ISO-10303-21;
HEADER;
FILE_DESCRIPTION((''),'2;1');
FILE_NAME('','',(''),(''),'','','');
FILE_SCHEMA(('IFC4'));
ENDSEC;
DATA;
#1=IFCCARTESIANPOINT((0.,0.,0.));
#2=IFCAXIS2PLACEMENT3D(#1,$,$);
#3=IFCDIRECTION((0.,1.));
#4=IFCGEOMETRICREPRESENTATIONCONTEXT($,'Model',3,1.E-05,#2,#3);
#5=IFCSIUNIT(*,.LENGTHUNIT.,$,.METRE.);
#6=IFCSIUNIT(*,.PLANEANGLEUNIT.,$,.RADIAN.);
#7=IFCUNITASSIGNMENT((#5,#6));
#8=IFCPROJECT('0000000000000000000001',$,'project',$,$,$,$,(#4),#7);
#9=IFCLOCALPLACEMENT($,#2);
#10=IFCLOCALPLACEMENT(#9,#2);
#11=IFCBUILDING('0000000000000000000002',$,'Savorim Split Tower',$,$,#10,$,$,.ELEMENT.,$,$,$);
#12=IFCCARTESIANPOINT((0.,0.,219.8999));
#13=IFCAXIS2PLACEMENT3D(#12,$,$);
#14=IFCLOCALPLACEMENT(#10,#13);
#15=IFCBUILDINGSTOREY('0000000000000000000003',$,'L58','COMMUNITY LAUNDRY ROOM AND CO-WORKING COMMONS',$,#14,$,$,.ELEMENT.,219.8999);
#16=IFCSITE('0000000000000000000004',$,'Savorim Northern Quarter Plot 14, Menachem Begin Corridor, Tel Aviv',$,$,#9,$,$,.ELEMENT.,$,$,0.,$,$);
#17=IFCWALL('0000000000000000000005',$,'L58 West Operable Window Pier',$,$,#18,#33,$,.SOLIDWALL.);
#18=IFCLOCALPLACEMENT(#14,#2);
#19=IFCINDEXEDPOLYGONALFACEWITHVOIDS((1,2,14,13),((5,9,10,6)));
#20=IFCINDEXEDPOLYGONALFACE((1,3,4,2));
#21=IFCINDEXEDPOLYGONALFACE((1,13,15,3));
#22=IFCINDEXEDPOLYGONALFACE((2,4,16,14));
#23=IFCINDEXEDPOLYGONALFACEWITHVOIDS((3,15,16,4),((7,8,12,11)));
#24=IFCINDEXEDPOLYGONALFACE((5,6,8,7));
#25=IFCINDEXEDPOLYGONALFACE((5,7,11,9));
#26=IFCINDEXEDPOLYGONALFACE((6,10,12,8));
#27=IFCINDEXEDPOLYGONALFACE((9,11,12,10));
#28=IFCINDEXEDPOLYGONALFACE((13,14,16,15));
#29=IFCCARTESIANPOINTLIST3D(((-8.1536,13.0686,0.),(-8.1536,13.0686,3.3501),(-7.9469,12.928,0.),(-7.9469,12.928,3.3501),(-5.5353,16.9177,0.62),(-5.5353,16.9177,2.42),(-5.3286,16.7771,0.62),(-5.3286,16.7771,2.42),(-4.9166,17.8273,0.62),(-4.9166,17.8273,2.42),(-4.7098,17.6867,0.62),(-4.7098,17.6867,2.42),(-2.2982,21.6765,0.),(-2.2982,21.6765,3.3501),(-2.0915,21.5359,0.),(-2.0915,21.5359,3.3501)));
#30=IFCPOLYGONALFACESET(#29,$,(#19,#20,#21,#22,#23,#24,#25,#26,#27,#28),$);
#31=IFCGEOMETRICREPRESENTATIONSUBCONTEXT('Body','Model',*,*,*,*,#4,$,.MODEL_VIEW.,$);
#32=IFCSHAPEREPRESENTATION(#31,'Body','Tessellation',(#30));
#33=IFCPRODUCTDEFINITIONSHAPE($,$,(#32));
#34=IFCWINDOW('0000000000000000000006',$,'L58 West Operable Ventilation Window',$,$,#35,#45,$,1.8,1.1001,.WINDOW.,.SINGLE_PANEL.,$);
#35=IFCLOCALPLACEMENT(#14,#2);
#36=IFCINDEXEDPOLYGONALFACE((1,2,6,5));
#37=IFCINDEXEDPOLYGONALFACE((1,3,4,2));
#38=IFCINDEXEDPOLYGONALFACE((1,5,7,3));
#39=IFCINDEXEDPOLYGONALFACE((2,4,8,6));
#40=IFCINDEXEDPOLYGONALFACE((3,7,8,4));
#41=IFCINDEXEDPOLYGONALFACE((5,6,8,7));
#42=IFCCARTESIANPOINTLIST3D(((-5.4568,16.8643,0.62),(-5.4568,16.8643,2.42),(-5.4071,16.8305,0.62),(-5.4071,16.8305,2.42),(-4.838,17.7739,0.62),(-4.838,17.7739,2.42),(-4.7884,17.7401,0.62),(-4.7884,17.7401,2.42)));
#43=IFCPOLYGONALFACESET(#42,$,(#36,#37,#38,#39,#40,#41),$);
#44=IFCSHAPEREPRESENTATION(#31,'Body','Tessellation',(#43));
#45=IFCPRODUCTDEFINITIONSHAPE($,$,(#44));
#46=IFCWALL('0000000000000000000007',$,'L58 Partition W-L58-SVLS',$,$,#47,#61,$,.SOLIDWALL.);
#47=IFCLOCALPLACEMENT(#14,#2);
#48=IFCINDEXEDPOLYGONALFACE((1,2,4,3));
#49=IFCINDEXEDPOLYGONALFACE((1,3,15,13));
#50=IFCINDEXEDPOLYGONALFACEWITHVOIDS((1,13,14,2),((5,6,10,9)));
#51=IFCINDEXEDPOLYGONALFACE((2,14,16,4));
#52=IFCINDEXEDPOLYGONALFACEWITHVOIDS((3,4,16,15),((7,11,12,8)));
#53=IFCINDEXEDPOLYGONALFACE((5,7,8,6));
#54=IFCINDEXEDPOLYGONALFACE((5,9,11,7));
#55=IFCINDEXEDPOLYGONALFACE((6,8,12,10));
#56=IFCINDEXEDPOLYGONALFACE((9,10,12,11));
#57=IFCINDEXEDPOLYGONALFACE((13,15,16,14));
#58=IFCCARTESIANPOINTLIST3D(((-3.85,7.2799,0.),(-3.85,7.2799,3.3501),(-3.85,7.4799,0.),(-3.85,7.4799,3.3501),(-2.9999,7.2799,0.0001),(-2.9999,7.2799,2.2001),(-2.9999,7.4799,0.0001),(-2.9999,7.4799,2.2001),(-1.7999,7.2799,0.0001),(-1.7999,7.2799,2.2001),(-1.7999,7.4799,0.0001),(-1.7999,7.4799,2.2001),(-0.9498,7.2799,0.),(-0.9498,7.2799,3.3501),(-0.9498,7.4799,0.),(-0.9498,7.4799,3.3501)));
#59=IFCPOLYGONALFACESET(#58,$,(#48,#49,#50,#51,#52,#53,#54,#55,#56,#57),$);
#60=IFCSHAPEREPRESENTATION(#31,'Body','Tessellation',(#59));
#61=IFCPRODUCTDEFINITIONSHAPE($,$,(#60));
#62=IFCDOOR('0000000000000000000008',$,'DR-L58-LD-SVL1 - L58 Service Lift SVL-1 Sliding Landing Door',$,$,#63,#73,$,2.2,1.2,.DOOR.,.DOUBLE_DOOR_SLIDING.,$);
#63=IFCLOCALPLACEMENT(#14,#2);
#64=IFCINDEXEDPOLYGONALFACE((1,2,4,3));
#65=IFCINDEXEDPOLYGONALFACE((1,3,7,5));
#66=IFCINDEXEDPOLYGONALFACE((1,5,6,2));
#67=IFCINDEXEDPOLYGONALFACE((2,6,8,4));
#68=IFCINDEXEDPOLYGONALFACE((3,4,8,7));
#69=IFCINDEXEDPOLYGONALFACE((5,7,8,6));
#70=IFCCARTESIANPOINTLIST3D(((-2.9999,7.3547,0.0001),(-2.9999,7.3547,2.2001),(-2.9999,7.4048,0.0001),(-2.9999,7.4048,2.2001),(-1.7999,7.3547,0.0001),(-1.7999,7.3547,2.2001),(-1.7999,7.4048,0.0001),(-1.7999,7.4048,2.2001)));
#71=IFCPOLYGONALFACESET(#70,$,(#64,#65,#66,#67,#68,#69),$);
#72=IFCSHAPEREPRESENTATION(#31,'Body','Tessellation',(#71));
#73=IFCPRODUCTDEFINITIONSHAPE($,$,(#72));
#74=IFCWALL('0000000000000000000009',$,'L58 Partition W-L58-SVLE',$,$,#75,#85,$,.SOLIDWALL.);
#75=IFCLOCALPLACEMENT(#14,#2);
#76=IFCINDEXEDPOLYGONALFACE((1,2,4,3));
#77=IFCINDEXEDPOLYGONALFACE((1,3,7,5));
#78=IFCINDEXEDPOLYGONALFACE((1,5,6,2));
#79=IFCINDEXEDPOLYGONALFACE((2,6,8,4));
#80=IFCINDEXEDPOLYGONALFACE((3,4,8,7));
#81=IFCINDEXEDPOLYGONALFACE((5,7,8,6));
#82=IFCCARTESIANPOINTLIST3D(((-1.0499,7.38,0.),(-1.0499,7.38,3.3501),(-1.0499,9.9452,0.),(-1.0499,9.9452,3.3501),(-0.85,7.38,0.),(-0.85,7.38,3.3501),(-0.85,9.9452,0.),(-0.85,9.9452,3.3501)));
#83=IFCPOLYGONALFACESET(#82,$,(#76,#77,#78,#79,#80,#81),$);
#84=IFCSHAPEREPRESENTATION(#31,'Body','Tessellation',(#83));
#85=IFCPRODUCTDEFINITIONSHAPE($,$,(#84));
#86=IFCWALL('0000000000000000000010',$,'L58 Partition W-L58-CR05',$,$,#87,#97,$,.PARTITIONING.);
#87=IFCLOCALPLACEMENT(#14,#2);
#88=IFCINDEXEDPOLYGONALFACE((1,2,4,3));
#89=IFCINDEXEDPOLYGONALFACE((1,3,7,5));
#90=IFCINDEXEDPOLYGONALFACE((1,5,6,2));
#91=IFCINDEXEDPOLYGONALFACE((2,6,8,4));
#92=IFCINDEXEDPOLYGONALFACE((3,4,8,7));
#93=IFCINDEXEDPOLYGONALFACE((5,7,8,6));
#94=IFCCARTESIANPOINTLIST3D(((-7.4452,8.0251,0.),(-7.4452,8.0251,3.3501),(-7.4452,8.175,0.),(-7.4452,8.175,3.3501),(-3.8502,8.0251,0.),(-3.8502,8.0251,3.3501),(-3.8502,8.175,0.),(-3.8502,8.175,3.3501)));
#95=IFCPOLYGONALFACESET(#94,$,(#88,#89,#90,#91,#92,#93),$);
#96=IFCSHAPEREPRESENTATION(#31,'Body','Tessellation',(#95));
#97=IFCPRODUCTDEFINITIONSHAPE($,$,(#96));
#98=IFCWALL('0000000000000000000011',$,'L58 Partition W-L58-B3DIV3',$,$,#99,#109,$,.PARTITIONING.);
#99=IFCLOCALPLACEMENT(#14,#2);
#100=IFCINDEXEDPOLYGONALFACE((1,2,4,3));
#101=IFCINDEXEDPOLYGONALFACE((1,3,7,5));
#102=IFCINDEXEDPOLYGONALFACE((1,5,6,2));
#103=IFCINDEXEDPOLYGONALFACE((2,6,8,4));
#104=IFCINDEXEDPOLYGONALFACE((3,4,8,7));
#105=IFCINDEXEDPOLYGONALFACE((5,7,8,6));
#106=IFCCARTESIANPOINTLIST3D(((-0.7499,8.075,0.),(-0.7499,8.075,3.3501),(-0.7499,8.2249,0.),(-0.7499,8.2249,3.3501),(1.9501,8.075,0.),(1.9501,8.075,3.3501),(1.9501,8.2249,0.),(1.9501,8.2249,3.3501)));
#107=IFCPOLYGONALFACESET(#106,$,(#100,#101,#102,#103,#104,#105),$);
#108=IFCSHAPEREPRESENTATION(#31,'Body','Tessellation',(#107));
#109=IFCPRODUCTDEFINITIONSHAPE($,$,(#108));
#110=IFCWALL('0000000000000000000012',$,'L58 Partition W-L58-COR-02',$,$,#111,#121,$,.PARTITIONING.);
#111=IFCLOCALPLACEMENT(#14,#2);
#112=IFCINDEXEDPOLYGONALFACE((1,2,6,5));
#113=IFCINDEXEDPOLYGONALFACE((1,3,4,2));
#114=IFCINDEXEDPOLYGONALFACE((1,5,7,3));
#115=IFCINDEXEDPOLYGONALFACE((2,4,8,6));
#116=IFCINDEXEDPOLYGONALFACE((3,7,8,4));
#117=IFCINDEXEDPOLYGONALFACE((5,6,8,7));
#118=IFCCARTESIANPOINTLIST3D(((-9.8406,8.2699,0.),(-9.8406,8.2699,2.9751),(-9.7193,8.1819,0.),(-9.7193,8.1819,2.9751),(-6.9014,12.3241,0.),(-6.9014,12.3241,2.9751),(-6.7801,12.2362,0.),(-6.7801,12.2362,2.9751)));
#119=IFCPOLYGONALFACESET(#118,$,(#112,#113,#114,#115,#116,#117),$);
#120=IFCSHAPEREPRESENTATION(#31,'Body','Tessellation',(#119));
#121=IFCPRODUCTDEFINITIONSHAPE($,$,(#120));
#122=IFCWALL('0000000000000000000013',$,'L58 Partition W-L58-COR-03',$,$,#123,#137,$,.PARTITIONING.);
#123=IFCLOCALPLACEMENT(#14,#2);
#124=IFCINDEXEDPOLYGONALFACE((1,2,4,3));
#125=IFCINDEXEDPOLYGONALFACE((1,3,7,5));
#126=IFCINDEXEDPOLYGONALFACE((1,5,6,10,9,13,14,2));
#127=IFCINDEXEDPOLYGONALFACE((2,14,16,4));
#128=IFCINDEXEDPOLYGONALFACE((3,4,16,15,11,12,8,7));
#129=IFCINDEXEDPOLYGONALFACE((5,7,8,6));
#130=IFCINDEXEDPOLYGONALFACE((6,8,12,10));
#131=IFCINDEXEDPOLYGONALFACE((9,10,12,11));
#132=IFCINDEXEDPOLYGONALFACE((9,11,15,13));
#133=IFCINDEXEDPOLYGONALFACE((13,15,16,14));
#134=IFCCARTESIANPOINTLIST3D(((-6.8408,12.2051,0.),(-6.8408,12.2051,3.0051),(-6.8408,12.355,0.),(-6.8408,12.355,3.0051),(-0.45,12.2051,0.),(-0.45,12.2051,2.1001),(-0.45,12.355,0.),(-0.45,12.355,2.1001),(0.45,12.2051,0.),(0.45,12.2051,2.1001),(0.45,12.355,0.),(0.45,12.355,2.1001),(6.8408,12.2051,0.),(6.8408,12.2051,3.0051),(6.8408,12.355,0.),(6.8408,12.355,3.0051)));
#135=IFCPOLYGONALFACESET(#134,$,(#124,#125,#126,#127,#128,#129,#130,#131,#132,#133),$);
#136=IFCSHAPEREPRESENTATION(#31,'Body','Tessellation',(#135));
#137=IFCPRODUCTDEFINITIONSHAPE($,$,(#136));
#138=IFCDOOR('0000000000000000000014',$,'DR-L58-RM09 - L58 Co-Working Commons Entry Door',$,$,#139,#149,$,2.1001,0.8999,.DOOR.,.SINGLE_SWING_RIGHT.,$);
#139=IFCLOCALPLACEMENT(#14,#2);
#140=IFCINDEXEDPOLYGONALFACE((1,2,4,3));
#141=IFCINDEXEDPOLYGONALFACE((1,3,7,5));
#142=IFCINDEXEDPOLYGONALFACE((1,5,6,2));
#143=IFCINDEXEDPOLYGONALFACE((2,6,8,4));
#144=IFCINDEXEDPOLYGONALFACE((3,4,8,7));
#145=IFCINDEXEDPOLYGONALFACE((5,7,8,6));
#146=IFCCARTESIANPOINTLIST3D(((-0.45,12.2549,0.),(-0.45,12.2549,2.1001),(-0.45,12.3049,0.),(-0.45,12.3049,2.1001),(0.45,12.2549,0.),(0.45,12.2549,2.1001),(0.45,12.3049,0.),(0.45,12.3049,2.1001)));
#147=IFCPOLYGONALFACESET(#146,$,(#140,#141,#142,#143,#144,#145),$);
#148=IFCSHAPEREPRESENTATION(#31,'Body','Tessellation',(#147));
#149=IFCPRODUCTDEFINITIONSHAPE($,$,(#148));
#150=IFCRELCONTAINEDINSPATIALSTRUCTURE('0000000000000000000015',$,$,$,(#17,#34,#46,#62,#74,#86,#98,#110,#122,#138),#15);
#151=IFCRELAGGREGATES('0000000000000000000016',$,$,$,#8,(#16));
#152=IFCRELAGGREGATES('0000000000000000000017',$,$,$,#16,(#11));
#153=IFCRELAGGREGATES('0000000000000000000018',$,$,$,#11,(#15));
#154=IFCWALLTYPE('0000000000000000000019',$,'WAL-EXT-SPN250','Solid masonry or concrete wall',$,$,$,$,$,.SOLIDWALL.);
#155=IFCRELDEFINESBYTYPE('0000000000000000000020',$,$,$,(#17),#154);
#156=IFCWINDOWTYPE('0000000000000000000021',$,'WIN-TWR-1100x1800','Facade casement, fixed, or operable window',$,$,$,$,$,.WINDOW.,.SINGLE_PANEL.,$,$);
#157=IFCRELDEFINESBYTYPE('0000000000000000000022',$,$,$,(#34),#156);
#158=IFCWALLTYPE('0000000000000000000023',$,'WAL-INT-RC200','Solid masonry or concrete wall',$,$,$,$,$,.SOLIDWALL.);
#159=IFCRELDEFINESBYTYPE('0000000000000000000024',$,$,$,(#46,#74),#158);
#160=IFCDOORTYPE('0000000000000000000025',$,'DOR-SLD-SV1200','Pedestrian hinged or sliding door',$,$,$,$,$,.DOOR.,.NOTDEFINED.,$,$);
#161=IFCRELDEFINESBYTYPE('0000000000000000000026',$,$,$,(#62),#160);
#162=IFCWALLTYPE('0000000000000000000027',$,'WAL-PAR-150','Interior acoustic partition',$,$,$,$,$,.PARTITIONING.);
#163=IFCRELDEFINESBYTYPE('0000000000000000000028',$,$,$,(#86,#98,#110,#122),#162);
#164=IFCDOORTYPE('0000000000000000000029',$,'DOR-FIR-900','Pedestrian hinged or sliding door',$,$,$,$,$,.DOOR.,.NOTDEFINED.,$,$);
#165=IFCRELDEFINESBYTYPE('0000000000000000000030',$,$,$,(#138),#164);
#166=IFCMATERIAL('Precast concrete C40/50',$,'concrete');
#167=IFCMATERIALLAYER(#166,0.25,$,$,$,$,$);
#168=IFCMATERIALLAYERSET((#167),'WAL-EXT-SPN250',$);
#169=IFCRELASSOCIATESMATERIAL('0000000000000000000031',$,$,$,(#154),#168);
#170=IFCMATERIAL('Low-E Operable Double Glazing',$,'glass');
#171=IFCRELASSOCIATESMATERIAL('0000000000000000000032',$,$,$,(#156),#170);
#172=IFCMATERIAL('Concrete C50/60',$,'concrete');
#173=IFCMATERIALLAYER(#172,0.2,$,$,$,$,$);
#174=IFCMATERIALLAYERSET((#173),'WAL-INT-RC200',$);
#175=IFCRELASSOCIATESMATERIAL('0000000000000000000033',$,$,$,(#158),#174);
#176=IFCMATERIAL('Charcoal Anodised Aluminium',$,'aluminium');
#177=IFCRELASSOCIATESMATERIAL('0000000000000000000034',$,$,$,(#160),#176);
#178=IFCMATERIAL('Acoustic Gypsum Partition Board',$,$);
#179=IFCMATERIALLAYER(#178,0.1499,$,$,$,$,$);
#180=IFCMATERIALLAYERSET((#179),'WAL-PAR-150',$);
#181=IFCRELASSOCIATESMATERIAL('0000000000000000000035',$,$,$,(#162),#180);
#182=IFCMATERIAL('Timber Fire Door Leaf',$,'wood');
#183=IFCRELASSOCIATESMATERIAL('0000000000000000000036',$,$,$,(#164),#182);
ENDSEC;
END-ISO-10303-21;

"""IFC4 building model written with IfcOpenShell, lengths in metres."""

from ifc_helpers import new_model, si_unit, direction, frame, frame_2d, origin, place, context, subcontext, project, spatial, rectangle, extrude, material, layer, layer_set, type_object, element, fill, save


model = new_model("IFC4")

# Units and contexts
model_context = context("Model", 3, precision=1e-05, world=origin(), true_north=direction((0.0, 1.0)))
body_context = subcontext(model_context, "Body", "Model", "MODEL_VIEW")
ifc_project = project(units=[si_unit("LENGTHUNIT", "METRE"), si_unit("PLANEANGLEUNIT", "RADIAN")], contexts=[model_context])

# Site, building, storey
site_placement = place(None, origin())
site = spatial("IfcSite", under=ifc_project, at=site_placement, Name="Savorim Northern Quarter Plot 14, Menachem Begin Corridor, Tel Aviv", CompositionType="ELEMENT", RefElevation=0.0)
building_placement = place(site_placement, origin())
building = spatial("IfcBuilding", under=site, at=building_placement, Name="Savorim Split Tower", CompositionType="ELEMENT")
storey_placement = place(building_placement, frame((0.0, 0.0, 219.8999)))
storey = spatial("IfcBuildingStorey", under=building, at=storey_placement, Name="L58", Description="COMMUNITY LAUNDRY ROOM AND CO-WORKING COMMONS", CompositionType="ELEMENT", Elevation=219.8999)

# Shared definitions
ifc_material_1 = material(Name="Charcoal Anodised Aluminium", Category="aluminium")

# Wall, opening, window
ifc_material_2 = material(Name="Precast concrete C40/50", Category="concrete")
ifc_material_3 = material(Name="Low-E Operable Double Glazing", Category="glass")
ifc_layer_1 = layer(ifc_material_2, 0.25)
ifc_layer_set_1 = layer_set([ifc_layer_1], Name="WAL-EXT-SPN250")
wall_type_1 = type_object("IfcWallType", Name="WAL-EXT-SPN250", Description="Solid masonry or concrete wall", PredefinedType="SOLIDWALL", material=ifc_layer_set_1)
wall_1_placement = place(storey_placement, frame((-8.0503, 12.9983, 0.0), z_axis=(0.0, 0.0, 1.0), x_axis=(0.562447, 0.826833, 0.0)))
wall_1 = element("IfcWall", 1, at=wall_1_placement, inside=storey, type_object=wall_type_1, Name="L58 West Operable Window Pier", PredefinedType="SOLIDWALL", context=body_context, shape_type="SweptSolid", body=[
    extrude(rectangle(XDim=10.4106, YDim=0.25, at=frame_2d((5.2053, 0.0))), origin(), (0.0, 0.0, 1.0), 3.3501),
])
opening_1_placement = place(wall_1_placement, frame((4.6553, 0.0, 0.6201)))
opening_1 = element("IfcOpeningElement", 2, at=opening_1_placement, cuts=wall_1, PredefinedType="OPENING", context=body_context, shape_type="SweptSolid", body=[
    extrude(rectangle(XDim=1.1001, YDim=1.8, at=frame_2d((0.55, 0.8999))), frame((0.0, 0.135, 0.0), z_axis=(0.0, -1.0, 0.0), x_axis=(1.0, 0.0, 0.0)), (0.0, 0.0, 1.0), 0.27),
])
window_type_1 = type_object("IfcWindowType", Name="WIN-TWR-1100x1800", Description="Facade casement, fixed, or operable window", PartitioningType="SINGLE_PANEL", PredefinedType="WINDOW", material=ifc_material_3)
window_1_placement = place(opening_1_placement, origin())
window_1 = element("IfcWindow", 3, at=window_1_placement, inside=storey, type_object=window_type_1, Name="L58 West Operable Ventilation Window", OverallHeight=1.8, OverallWidth=1.1001, PartitioningType="SINGLE_PANEL", PredefinedType="WINDOW", context=body_context, shape_type="SweptSolid", body=[
    extrude(rectangle(XDim=1.1001, YDim=1.8, at=frame_2d((0.55, 0.8999))), frame((0.0, 0.03, 0.0), z_axis=(0.0, -1.0, 0.0), x_axis=(1.0, 0.0, 0.0)), (0.0, 0.0, 1.0), 0.0601),
])
fill(opening_1, window_1)

# Wall, opening, door
ifc_material_4 = material(Name="Concrete C50/60", Category="concrete")
ifc_layer_2 = layer(ifc_material_4, 0.2)
ifc_layer_set_2 = layer_set([ifc_layer_2], Name="WAL-INT-RC200")
wall_type_2 = type_object("IfcWallType", Name="WAL-INT-RC200", Description="Solid masonry or concrete wall", PredefinedType="SOLIDWALL", material=ifc_layer_set_2)
wall_2_placement = place(storey_placement, frame((-3.8501, 7.3799, 0.0), z_axis=(0.0, 0.0, 1.0), x_axis=(1.0, 0.0, 0.0)))
wall_2 = element("IfcWall", 4, at=wall_2_placement, inside=storey, type_object=wall_type_2, Name="L58 Partition W-L58-SVLS", PredefinedType="SOLIDWALL", context=body_context, shape_type="SweptSolid", body=[
    extrude(rectangle(XDim=2.9001, YDim=0.2, at=frame_2d((1.4502, 0.0))), origin(), (0.0, 0.0, 1.0), 3.3501),
])
opening_2_placement = place(wall_2_placement, frame((0.8501, 0.0, 0.0)))
opening_2 = element("IfcOpeningElement", 5, at=opening_2_placement, cuts=wall_2, PredefinedType="OPENING", context=body_context, shape_type="SweptSolid", body=[
    extrude(rectangle(XDim=1.2, YDim=2.2, at=frame_2d((0.6001, 1.1001))), frame((0.0, 0.1099, 0.0), z_axis=(0.0, -1.0, 0.0), x_axis=(1.0, 0.0, 0.0)), (0.0, 0.0, 1.0), 0.22),
])
door_type_1 = type_object("IfcDoorType", Name="DOR-SLD-SV1200", Description="Pedestrian hinged or sliding door", OperationType="NOTDEFINED", PredefinedType="DOOR", material=ifc_material_1)
door_1_placement = place(opening_2_placement, origin())
door_1 = element("IfcDoor", 6, at=door_1_placement, inside=storey, type_object=door_type_1, Name="DR-L58-LD-SVL1 - L58 Service Lift SVL-1 Sliding Landing Door", OperationType="DOUBLE_DOOR_SLIDING", OverallHeight=2.2, OverallWidth=1.2, PredefinedType="DOOR", context=body_context, shape_type="SweptSolid", body=[
    extrude(rectangle(XDim=1.2, YDim=2.2, at=frame_2d((0.6001, 1.1001))), frame((0.0, 0.0249, 0.0), z_axis=(0.0, -1.0, 0.0), x_axis=(1.0, 0.0, 0.0)), (0.0, 0.0, 1.0), 0.05),
])
fill(opening_2, door_1)

# Walls
wall_3_placement = place(storey_placement, frame((-0.95, 7.3799, 0.0), z_axis=(0.0, 0.0, 1.0), x_axis=(0.0, 1.0, 0.0)))
element("IfcWall", 7, at=wall_3_placement, inside=storey, type_object=wall_type_2, Name="L58 Partition W-L58-SVLE", PredefinedType="SOLIDWALL", context=body_context, shape_type="SweptSolid", body=[
    extrude(rectangle(XDim=2.5652, YDim=0.2, at=frame_2d((1.2827, 0.0))), origin(), (0.0, 0.0, 1.0), 3.3501),
])
ifc_material_5 = material(Name="Acoustic Gypsum Partition Board")
ifc_layer_3 = layer(ifc_material_5, 0.1499)
ifc_layer_set_3 = layer_set([ifc_layer_3], Name="WAL-PAR-150")
wall_type_3 = type_object("IfcWallType", Name="WAL-PAR-150", Description="Interior acoustic partition", PredefinedType="PARTITIONING", material=ifc_layer_set_3)
wall_4_placement = place(storey_placement, frame((-7.4451, 8.1001, 0.0), z_axis=(0.0, 0.0, 1.0), x_axis=(1.0, 0.0, 0.0)))
element("IfcWall", 8, at=wall_4_placement, inside=storey, type_object=wall_type_3, Name="L58 Partition W-L58-CR05", PredefinedType="PARTITIONING", context=body_context, shape_type="SweptSolid", body=[
    extrude(rectangle(XDim=3.595, YDim=0.1499, at=frame_2d((1.7974, 0.0))), origin(), (0.0, 0.0, 1.0), 3.3501),
])
wall_5_placement = place(storey_placement, frame((-0.75, 8.1499, 0.0), z_axis=(0.0, 0.0, 1.0), x_axis=(1.0, 0.0, 0.0)))
element("IfcWall", 9, at=wall_5_placement, inside=storey, type_object=wall_type_3, Name="L58 Partition W-L58-B3DIV3", PredefinedType="PARTITIONING", context=body_context, shape_type="SweptSolid", body=[
    extrude(rectangle(XDim=2.7, YDim=0.1499, at=frame_2d((1.3501, 0.0))), origin(), (0.0, 0.0, 1.0), 3.3501),
])
wall_6_placement = place(storey_placement, frame((-9.78, 8.2258, 0.0), z_axis=(0.0, 0.0, 1.0), x_axis=(0.586956, 0.809619, 0.0)))
element("IfcWall", 10, at=wall_6_placement, inside=storey, type_object=wall_type_3, Name="L58 Partition W-L58-COR-02", PredefinedType="PARTITIONING", context=body_context, shape_type="SweptSolid", body=[
    extrude(rectangle(XDim=5.0076, YDim=0.1499, at=frame_2d((2.5039, 0.0))), origin(), (0.0, 0.0, 1.0), 2.9751),
])

# Wall, opening, door
wall_7_placement = place(storey_placement, frame((-6.8408, 12.28, 0.0), z_axis=(0.0, 0.0, 1.0), x_axis=(1.0, 0.0, 0.0)))
wall_7 = element("IfcWall", 11, at=wall_7_placement, inside=storey, type_object=wall_type_3, Name="L58 Partition W-L58-COR-03", PredefinedType="PARTITIONING", context=body_context, shape_type="SweptSolid", body=[
    extrude(rectangle(XDim=13.6816, YDim=0.1499, at=frame_2d((6.8408, 0.0))), origin(), (0.0, 0.0, 1.0), 3.0051),
])
opening_3_placement = place(wall_7_placement, frame((6.3909, 0.0, 0.0)))
opening_3 = element("IfcOpeningElement", 12, at=opening_3_placement, cuts=wall_7, PredefinedType="OPENING", context=body_context, shape_type="SweptSolid", body=[
    extrude(rectangle(XDim=0.8999, YDim=2.1001, at=frame_2d((0.45, 1.05))), frame((0.0, 0.085, 0.0), z_axis=(0.0, -1.0, 0.0), x_axis=(1.0, 0.0, 0.0)), (0.0, 0.0, 1.0), 0.1699),
])
ifc_material_6 = material(Name="Timber Fire Door Leaf", Category="wood")
door_type_2 = type_object("IfcDoorType", Name="DOR-FIR-900", Description="Pedestrian hinged or sliding door", OperationType="NOTDEFINED", PredefinedType="DOOR", material=ifc_material_6)
door_2_placement = place(opening_3_placement, origin())
door_2 = element("IfcDoor", 13, at=door_2_placement, inside=storey, type_object=door_type_2, Name="DR-L58-RM09 - L58 Co-Working Commons Entry Door", OperationType="SINGLE_SWING_RIGHT", OverallHeight=2.1001, OverallWidth=0.8999, PredefinedType="DOOR", context=body_context, shape_type="SweptSolid", body=[
    extrude(rectangle(XDim=0.8999, YDim=2.1001, at=frame_2d((0.45, 1.05))), frame((0.0, 0.0249, 0.0), z_axis=(0.0, -1.0, 0.0), x_axis=(1.0, 0.0, 0.0)), (0.0, 0.0, 1.0), 0.05),
])
fill(opening_3, door_2)

save(model, "model.ifc")
